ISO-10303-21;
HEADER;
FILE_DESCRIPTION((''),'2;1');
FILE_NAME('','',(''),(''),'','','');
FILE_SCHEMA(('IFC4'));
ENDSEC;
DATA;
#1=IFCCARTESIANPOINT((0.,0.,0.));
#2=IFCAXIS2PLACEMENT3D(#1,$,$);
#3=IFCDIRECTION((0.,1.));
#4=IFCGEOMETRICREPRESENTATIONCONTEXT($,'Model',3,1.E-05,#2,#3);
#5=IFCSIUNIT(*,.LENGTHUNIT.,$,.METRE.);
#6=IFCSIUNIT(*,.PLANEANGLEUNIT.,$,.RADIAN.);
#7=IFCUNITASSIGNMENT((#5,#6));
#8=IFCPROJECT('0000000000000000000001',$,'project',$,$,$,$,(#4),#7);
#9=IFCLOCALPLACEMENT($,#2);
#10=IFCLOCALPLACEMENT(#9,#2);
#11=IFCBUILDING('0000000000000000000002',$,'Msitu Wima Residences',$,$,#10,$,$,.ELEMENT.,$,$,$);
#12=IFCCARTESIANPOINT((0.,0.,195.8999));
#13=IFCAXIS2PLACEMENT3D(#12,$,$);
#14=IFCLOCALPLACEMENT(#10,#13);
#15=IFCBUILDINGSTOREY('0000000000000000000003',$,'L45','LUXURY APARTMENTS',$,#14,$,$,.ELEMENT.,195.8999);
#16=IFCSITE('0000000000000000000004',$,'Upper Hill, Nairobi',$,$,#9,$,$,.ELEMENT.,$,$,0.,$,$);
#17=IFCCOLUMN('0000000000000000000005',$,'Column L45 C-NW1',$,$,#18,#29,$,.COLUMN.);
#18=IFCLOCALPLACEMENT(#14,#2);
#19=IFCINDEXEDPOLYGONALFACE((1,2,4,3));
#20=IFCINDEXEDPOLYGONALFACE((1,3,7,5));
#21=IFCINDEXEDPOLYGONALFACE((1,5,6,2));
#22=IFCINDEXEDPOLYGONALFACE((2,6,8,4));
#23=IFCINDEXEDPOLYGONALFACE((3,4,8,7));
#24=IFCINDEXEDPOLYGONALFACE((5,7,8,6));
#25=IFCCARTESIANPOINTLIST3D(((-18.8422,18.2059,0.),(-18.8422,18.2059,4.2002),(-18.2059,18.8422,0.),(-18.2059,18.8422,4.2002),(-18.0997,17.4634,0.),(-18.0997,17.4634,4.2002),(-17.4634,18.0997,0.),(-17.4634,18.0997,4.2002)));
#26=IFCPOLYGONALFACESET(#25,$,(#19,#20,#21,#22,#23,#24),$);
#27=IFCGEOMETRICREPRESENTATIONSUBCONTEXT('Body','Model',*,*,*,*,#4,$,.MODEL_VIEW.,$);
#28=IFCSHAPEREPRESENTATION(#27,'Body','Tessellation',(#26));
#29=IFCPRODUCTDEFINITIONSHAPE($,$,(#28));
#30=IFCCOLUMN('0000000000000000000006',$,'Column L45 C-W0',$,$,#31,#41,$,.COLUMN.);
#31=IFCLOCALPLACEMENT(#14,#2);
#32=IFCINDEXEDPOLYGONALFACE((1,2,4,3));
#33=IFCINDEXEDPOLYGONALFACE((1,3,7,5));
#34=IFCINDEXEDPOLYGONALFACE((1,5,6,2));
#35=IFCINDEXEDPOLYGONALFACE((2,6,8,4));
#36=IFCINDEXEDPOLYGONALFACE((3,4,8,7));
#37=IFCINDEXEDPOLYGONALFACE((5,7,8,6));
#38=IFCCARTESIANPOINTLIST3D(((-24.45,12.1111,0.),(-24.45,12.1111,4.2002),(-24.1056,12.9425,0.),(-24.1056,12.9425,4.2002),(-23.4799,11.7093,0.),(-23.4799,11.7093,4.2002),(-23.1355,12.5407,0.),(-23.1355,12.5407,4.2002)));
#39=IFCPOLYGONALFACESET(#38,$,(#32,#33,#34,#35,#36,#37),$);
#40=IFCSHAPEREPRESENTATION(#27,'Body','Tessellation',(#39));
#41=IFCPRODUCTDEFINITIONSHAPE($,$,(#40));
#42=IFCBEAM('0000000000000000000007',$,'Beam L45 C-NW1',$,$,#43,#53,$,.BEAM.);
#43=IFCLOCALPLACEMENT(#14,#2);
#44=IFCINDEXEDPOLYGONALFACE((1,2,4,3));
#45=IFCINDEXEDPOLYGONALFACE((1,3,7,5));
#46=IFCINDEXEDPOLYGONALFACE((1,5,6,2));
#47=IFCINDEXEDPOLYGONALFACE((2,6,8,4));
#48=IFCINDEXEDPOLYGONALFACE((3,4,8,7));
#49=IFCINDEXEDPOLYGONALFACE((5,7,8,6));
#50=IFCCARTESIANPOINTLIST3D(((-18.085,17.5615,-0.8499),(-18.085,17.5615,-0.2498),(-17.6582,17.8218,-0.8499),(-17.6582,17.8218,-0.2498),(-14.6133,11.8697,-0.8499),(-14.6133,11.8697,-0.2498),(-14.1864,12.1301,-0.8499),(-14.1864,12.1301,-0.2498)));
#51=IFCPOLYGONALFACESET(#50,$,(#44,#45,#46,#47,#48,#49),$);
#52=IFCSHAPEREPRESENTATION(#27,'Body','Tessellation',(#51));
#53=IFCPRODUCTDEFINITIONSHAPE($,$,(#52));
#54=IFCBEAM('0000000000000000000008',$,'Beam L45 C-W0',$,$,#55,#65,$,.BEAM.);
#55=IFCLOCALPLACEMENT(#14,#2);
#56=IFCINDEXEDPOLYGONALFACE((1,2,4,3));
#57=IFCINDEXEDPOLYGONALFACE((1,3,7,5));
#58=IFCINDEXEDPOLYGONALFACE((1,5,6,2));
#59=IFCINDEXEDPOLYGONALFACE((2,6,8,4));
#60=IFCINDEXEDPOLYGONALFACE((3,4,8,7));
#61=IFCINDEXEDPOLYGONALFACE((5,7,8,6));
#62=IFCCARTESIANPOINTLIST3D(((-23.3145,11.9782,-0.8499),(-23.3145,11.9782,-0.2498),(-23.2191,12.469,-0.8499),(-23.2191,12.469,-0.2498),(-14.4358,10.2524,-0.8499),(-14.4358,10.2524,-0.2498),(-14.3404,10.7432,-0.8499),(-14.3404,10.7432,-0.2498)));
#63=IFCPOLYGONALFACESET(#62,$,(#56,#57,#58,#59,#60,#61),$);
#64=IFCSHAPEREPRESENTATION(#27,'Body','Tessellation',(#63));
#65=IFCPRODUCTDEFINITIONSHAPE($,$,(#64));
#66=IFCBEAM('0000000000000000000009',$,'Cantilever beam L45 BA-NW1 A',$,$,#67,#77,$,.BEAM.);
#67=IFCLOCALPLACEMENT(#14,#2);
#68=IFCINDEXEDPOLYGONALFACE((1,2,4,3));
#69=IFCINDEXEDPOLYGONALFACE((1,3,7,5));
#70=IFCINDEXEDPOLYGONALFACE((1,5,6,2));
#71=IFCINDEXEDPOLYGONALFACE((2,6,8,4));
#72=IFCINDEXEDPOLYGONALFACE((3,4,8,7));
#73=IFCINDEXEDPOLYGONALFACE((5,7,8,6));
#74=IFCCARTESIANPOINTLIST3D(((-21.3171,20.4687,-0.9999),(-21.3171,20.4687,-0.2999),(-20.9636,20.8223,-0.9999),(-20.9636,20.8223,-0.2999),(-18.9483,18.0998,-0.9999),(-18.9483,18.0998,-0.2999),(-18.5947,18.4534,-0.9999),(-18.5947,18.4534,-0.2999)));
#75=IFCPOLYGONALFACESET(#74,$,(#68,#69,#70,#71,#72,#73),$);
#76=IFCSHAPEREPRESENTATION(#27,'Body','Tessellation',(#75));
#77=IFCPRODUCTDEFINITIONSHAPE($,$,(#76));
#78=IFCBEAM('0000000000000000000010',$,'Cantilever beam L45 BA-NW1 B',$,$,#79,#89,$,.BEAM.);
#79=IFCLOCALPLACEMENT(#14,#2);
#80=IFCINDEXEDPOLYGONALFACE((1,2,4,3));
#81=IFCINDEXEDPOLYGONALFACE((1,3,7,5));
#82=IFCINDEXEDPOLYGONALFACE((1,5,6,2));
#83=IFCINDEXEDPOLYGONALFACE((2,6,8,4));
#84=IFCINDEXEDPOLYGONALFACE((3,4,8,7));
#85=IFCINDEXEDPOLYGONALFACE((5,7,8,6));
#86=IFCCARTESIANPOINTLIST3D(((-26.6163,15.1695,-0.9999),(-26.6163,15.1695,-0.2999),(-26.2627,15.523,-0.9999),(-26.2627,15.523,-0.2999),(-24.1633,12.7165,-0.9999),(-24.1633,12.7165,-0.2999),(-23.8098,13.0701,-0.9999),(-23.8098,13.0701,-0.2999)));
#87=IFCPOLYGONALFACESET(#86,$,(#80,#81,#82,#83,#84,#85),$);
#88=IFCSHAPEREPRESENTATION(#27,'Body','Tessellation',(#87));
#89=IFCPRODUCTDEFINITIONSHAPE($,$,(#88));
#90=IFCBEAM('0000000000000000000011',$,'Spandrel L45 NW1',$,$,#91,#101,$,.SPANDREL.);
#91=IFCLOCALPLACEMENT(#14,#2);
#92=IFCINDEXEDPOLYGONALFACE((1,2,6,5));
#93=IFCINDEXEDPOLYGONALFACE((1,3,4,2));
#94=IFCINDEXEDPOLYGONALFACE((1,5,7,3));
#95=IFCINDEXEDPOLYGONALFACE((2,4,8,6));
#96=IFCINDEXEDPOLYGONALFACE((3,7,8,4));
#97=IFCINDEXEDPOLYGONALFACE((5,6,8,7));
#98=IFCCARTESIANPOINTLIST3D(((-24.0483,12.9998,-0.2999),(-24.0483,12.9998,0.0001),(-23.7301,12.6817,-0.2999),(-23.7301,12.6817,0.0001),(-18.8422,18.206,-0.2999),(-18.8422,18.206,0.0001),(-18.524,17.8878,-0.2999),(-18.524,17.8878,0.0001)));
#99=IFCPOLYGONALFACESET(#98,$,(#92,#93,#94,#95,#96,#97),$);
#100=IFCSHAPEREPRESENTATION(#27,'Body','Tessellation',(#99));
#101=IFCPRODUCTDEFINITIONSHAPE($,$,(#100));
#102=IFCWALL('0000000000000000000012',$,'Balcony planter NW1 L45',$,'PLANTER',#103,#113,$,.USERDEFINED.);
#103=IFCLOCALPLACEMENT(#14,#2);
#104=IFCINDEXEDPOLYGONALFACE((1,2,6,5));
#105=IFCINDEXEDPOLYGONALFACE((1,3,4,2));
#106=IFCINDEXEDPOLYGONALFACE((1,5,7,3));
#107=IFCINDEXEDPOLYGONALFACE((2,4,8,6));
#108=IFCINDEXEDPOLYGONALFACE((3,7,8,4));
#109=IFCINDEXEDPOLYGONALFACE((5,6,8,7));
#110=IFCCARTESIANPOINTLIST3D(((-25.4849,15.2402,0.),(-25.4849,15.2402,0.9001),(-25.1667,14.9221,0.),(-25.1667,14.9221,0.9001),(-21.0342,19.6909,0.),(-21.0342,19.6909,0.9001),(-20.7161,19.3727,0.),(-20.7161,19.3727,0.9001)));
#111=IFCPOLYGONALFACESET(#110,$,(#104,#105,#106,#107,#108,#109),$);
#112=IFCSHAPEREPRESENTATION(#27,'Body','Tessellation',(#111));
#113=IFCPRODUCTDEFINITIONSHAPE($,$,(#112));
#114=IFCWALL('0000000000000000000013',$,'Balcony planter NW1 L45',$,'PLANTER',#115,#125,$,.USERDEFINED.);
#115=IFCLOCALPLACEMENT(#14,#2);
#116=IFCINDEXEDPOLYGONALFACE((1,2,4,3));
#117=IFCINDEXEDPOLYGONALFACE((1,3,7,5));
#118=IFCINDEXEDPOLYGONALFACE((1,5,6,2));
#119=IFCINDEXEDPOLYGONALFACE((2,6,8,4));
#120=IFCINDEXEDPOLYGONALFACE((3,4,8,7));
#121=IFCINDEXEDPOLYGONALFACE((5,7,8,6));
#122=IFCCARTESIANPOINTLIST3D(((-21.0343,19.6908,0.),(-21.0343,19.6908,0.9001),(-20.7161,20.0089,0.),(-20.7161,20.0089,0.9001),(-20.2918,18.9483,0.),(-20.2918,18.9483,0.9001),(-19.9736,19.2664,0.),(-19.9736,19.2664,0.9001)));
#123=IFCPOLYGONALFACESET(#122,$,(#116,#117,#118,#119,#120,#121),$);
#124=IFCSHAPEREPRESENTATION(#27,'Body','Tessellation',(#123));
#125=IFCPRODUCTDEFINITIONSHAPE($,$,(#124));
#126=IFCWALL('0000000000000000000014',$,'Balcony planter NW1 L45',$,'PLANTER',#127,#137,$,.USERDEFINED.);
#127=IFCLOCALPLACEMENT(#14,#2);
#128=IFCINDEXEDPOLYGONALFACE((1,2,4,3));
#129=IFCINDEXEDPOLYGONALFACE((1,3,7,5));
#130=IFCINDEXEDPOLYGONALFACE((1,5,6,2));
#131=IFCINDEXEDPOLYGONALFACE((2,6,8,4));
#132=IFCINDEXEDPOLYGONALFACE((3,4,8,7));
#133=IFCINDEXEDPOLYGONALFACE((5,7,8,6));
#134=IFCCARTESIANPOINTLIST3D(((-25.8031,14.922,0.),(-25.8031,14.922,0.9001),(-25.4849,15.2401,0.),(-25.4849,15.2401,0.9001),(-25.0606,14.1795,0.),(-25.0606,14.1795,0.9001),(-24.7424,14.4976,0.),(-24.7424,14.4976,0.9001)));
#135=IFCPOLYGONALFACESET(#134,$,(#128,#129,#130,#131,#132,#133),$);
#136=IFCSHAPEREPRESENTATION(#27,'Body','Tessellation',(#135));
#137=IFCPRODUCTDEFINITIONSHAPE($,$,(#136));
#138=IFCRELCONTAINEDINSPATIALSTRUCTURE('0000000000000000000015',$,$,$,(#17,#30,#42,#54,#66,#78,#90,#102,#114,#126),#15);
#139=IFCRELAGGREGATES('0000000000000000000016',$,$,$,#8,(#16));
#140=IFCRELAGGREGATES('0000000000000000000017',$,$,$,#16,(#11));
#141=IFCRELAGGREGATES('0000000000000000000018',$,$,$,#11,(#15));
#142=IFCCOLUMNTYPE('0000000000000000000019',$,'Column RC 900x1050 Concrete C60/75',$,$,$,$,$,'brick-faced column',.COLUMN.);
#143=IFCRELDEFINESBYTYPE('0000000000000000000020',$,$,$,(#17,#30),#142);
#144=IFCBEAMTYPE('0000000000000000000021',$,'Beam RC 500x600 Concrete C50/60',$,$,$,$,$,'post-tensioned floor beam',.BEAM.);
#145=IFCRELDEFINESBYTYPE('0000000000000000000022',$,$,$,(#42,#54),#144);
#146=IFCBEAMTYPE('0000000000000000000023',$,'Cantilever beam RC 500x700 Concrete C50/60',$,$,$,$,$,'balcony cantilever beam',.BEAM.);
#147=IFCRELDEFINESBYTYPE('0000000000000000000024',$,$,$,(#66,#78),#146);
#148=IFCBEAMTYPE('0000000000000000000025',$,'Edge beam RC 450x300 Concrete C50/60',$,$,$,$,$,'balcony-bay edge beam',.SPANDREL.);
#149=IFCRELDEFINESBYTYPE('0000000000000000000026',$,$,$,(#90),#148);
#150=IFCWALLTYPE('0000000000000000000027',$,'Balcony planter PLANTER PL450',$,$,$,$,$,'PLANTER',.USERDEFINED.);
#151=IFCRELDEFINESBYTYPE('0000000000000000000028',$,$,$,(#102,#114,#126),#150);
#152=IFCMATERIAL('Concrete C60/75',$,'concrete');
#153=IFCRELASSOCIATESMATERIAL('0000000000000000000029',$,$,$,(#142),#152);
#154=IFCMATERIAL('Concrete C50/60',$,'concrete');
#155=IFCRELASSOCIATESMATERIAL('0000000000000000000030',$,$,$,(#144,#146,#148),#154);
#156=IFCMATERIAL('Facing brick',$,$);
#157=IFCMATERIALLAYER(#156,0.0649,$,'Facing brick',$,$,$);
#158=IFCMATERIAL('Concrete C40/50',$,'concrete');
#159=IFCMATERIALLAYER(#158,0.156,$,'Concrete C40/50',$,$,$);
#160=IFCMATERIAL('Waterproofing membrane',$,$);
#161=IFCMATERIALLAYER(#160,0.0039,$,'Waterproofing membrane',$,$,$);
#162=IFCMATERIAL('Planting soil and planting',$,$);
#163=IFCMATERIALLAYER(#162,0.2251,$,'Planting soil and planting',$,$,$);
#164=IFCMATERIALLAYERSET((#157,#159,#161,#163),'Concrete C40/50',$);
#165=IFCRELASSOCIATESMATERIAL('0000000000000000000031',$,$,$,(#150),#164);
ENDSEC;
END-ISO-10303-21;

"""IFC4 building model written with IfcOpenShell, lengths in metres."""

from ifc_helpers import new_model, si_unit, direction, frame, frame_2d, origin, origin_2d, place, context, subcontext, project, spatial, rectangle, extrude, material, layer, layer_set, material_profile, profile_set, type_object, element, save


model = new_model("IFC4")

# Units and contexts
model_context = context("Model", 3, precision=1e-05, world=origin(), true_north=direction((0.0, 1.0)))
body_context = subcontext(model_context, "Body", "Model", "MODEL_VIEW")
ifc_project = project(units=[si_unit("LENGTHUNIT", "METRE"), si_unit("PLANEANGLEUNIT", "RADIAN")], contexts=[model_context])

# Site, building, storey
site_placement = place(None, origin())
site = spatial("IfcSite", under=ifc_project, at=site_placement, Name="Upper Hill, Nairobi", CompositionType="ELEMENT", RefElevation=0.0)
building_placement = place(site_placement, origin())
building = spatial("IfcBuilding", under=site, at=building_placement, Name="Msitu Wima Residences", CompositionType="ELEMENT")
storey_placement = place(building_placement, frame((0.0, 0.0, 195.8999)))
storey = spatial("IfcBuildingStorey", under=building, at=storey_placement, Name="L45", Description="LUXURY APARTMENTS", CompositionType="ELEMENT", Elevation=195.8999)

# Columns
ifc_material_1 = material(Name="Concrete C60/75", Category="concrete")
ifc_material_profile_1 = material_profile(ifc_material_1, rectangle(XDim=0.8999, YDim=1.05, at=origin_2d()), Name="RC 900x1050")
ifc_profile_set_1 = profile_set([ifc_material_profile_1], Name="Concrete C60/75")
column_type = type_object("IfcColumnType", Name="Column RC 900x1050 Concrete C60/75", ElementType="brick-faced column", PredefinedType="COLUMN", material=ifc_profile_set_1)
for number, where, z_axis, x_axis, name in (
    (1, (-18.1528, 18.1528, 0.0), (0.0, 0.0, 1.0), (-0.707107, -0.707107, 0.0), "Column L45 C-NW1"),
    (2, (-23.7927, 12.3259, 0.0), (0.0, 0.0, 1.0), (-0.382683, -0.92388, 0.0), "Column L45 C-W0"),
):
    element("IfcColumn", number, at=place(storey_placement, frame(where, z_axis=z_axis, x_axis=x_axis)), inside=storey, type_object=column_type, Name=name, PredefinedType="COLUMN", context=body_context, shape_type="SweptSolid", body=[
        extrude(rectangle(XDim=0.8999, YDim=1.05, at=origin_2d()), origin(), (0.0, 0.0, 1.0), 4.2002),
    ])

# Beams
ifc_material_2 = material(Name="Concrete C50/60", Category="concrete")
ifc_material_profile_2 = material_profile(ifc_material_2, rectangle(XDim=0.5, YDim=0.6001, at=origin_2d()), Name="RC 500x600")
ifc_profile_set_2 = profile_set([ifc_material_profile_2], Name="Concrete C50/60")
beam_type_1 = type_object("IfcBeamType", Name="Beam RC 500x600 Concrete C50/60", ElementType="post-tensioned floor beam", PredefinedType="BEAM", material=ifc_profile_set_2)
beam_1_placement = place(storey_placement, frame((-17.8716, 17.6917, -0.5498), z_axis=(0.520734, -0.853719, 0.0), x_axis=(0.853719, 0.520734, 0.0)))
element("IfcBeam", 3, at=beam_1_placement, inside=storey, type_object=beam_type_1, Name="Beam L45 C-NW1", PredefinedType="BEAM", context=body_context, shape_type="SweptSolid", body=[
    extrude(rectangle(XDim=0.5, YDim=0.6001, at=origin_2d()), origin(), (0.0, 0.0, 1.0), 6.667),
])
beam_2_placement = place(storey_placement, frame((-23.2668, 12.2236, -0.5498), z_axis=(0.981627, -0.190808, 0.0), x_axis=(0.190808, 0.981627, 0.0)))
element("IfcBeam", 4, at=beam_2_placement, inside=storey, type_object=beam_type_1, Name="Beam L45 C-W0", PredefinedType="BEAM", context=body_context, shape_type="SweptSolid", body=[
    extrude(rectangle(XDim=0.5, YDim=0.6001, at=origin_2d()), origin(), (0.0, 0.0, 1.0), 9.0449),
])
ifc_material_profile_3 = material_profile(ifc_material_2, rectangle(XDim=0.5, YDim=0.7, at=origin_2d()), Name="RC 500x700")
ifc_profile_set_3 = profile_set([ifc_material_profile_3], Name="Concrete C50/60")
beam_type_2 = type_object("IfcBeamType", Name="Cantilever beam RC 500x700 Concrete C50/60", ElementType="balcony cantilever beam", PredefinedType="BEAM", material=ifc_profile_set_3)
beam_3_placement = place(storey_placement, frame((-18.7715, 18.2766, -0.6499), z_axis=(-0.707107, 0.707107, 0.0), x_axis=(-0.707107, -0.707107, 0.0)))
element("IfcBeam", 5, at=beam_3_placement, inside=storey, type_object=beam_type_2, Name="Cantilever beam L45 BA-NW1 A", PredefinedType="BEAM", context=body_context, shape_type="SweptSolid", body=[
    extrude(rectangle(XDim=0.5, YDim=0.7, at=origin_2d()), origin(), (0.0, 0.0, 1.0), 3.3501),
])
beam_4_placement = place(storey_placement, frame((-23.9866, 12.8933, -0.6499), z_axis=(-0.707107, 0.707107, 0.0), x_axis=(-0.707107, -0.707107, 0.0)))
element("IfcBeam", 6, at=beam_4_placement, inside=storey, type_object=beam_type_2, Name="Cantilever beam L45 BA-NW1 B", PredefinedType="BEAM", context=body_context, shape_type="SweptSolid", body=[
    extrude(rectangle(XDim=0.5, YDim=0.7, at=origin_2d()), origin(), (0.0, 0.0, 1.0), 3.469),
])
ifc_material_profile_4 = material_profile(ifc_material_2, rectangle(XDim=0.45, YDim=0.3, at=origin_2d()), Name="RC 450x300")
ifc_profile_set_4 = profile_set([ifc_material_profile_4], Name="Concrete C50/60")
beam_type_3 = type_object("IfcBeamType", Name="Edge beam RC 450x300 Concrete C50/60", ElementType="balcony-bay edge beam", PredefinedType="SPANDREL", material=ifc_profile_set_4)
beam_5_placement = place(storey_placement, frame((-18.6831, 18.0469, -0.1499), z_axis=(-0.707107, -0.707107, 0.0), x_axis=(0.707107, -0.707107, 0.0)))
element("IfcBeam", 7, at=beam_5_placement, inside=storey, type_object=beam_type_3, Name="Spandrel L45 NW1", PredefinedType="SPANDREL", context=body_context, shape_type="SweptSolid", body=[
    extrude(rectangle(XDim=0.45, YDim=0.3, at=origin_2d()), origin(), (0.0, 0.0, 1.0), 7.3625),
])

# Walls
ifc_material_3 = material(Name="Facing brick")
ifc_layer_1 = layer(ifc_material_3, 0.0649, Name="Facing brick")
ifc_material_4 = material(Name="Concrete C40/50", Category="concrete")
ifc_layer_2 = layer(ifc_material_4, 0.156, Name="Concrete C40/50")
ifc_material_5 = material(Name="Waterproofing membrane")
ifc_layer_3 = layer(ifc_material_5, 0.0039, Name="Waterproofing membrane")
ifc_material_6 = material(Name="Planting soil and planting")
ifc_layer_4 = layer(ifc_material_6, 0.2251, Name="Planting soil and planting")
ifc_layer_set_1 = layer_set([ifc_layer_1, ifc_layer_2, ifc_layer_3, ifc_layer_4], Name="Concrete C40/50")
wall_type_1 = type_object("IfcWallType", Name="Balcony planter PLANTER PL450", ElementType="PLANTER", PredefinedType="USERDEFINED", material=ifc_layer_set_1)
wall_1_placement = place(storey_placement, frame((-20.8752, 19.5317, 0.0), z_axis=(0.0, 0.0, 1.0), x_axis=(-0.707107, -0.707107, 0.0)))
element("IfcWall", 8, at=wall_1_placement, inside=storey, type_object=wall_type_1, Name="Balcony planter NW1 L45", ObjectType="PLANTER", PredefinedType="USERDEFINED", context=body_context, shape_type="SweptSolid", body=[
    extrude(rectangle(XDim=6.2942, YDim=0.45, at=frame_2d((3.147, 0.0))), origin(), (0.0, 0.0, 1.0), 0.9001),
])
for number, where, z_axis, x_axis, name in (
    (9, (-20.1328, 19.1074, 0.0), (0.0, 0.0, 1.0), (-0.707107, 0.707107, 0.0), "Balcony planter NW1 L45"),
    (10, (-24.9016, 14.3386, 0.0), (0.0, 0.0, 1.0), (-0.707107, 0.707107, 0.0), "Balcony planter NW1 L45"),
):
    element("IfcWall", number, at=place(storey_placement, frame(where, z_axis=z_axis, x_axis=x_axis)), inside=storey, type_object=wall_type_1, Name=name, ObjectType="PLANTER", PredefinedType="USERDEFINED", context=body_context, shape_type="SweptSolid", body=[
        extrude(rectangle(XDim=1.05, YDim=0.45, at=frame_2d((0.5249, 0.0))), origin(), (0.0, 0.0, 1.0), 0.9001),
    ])

save(model, "model.ifc")
